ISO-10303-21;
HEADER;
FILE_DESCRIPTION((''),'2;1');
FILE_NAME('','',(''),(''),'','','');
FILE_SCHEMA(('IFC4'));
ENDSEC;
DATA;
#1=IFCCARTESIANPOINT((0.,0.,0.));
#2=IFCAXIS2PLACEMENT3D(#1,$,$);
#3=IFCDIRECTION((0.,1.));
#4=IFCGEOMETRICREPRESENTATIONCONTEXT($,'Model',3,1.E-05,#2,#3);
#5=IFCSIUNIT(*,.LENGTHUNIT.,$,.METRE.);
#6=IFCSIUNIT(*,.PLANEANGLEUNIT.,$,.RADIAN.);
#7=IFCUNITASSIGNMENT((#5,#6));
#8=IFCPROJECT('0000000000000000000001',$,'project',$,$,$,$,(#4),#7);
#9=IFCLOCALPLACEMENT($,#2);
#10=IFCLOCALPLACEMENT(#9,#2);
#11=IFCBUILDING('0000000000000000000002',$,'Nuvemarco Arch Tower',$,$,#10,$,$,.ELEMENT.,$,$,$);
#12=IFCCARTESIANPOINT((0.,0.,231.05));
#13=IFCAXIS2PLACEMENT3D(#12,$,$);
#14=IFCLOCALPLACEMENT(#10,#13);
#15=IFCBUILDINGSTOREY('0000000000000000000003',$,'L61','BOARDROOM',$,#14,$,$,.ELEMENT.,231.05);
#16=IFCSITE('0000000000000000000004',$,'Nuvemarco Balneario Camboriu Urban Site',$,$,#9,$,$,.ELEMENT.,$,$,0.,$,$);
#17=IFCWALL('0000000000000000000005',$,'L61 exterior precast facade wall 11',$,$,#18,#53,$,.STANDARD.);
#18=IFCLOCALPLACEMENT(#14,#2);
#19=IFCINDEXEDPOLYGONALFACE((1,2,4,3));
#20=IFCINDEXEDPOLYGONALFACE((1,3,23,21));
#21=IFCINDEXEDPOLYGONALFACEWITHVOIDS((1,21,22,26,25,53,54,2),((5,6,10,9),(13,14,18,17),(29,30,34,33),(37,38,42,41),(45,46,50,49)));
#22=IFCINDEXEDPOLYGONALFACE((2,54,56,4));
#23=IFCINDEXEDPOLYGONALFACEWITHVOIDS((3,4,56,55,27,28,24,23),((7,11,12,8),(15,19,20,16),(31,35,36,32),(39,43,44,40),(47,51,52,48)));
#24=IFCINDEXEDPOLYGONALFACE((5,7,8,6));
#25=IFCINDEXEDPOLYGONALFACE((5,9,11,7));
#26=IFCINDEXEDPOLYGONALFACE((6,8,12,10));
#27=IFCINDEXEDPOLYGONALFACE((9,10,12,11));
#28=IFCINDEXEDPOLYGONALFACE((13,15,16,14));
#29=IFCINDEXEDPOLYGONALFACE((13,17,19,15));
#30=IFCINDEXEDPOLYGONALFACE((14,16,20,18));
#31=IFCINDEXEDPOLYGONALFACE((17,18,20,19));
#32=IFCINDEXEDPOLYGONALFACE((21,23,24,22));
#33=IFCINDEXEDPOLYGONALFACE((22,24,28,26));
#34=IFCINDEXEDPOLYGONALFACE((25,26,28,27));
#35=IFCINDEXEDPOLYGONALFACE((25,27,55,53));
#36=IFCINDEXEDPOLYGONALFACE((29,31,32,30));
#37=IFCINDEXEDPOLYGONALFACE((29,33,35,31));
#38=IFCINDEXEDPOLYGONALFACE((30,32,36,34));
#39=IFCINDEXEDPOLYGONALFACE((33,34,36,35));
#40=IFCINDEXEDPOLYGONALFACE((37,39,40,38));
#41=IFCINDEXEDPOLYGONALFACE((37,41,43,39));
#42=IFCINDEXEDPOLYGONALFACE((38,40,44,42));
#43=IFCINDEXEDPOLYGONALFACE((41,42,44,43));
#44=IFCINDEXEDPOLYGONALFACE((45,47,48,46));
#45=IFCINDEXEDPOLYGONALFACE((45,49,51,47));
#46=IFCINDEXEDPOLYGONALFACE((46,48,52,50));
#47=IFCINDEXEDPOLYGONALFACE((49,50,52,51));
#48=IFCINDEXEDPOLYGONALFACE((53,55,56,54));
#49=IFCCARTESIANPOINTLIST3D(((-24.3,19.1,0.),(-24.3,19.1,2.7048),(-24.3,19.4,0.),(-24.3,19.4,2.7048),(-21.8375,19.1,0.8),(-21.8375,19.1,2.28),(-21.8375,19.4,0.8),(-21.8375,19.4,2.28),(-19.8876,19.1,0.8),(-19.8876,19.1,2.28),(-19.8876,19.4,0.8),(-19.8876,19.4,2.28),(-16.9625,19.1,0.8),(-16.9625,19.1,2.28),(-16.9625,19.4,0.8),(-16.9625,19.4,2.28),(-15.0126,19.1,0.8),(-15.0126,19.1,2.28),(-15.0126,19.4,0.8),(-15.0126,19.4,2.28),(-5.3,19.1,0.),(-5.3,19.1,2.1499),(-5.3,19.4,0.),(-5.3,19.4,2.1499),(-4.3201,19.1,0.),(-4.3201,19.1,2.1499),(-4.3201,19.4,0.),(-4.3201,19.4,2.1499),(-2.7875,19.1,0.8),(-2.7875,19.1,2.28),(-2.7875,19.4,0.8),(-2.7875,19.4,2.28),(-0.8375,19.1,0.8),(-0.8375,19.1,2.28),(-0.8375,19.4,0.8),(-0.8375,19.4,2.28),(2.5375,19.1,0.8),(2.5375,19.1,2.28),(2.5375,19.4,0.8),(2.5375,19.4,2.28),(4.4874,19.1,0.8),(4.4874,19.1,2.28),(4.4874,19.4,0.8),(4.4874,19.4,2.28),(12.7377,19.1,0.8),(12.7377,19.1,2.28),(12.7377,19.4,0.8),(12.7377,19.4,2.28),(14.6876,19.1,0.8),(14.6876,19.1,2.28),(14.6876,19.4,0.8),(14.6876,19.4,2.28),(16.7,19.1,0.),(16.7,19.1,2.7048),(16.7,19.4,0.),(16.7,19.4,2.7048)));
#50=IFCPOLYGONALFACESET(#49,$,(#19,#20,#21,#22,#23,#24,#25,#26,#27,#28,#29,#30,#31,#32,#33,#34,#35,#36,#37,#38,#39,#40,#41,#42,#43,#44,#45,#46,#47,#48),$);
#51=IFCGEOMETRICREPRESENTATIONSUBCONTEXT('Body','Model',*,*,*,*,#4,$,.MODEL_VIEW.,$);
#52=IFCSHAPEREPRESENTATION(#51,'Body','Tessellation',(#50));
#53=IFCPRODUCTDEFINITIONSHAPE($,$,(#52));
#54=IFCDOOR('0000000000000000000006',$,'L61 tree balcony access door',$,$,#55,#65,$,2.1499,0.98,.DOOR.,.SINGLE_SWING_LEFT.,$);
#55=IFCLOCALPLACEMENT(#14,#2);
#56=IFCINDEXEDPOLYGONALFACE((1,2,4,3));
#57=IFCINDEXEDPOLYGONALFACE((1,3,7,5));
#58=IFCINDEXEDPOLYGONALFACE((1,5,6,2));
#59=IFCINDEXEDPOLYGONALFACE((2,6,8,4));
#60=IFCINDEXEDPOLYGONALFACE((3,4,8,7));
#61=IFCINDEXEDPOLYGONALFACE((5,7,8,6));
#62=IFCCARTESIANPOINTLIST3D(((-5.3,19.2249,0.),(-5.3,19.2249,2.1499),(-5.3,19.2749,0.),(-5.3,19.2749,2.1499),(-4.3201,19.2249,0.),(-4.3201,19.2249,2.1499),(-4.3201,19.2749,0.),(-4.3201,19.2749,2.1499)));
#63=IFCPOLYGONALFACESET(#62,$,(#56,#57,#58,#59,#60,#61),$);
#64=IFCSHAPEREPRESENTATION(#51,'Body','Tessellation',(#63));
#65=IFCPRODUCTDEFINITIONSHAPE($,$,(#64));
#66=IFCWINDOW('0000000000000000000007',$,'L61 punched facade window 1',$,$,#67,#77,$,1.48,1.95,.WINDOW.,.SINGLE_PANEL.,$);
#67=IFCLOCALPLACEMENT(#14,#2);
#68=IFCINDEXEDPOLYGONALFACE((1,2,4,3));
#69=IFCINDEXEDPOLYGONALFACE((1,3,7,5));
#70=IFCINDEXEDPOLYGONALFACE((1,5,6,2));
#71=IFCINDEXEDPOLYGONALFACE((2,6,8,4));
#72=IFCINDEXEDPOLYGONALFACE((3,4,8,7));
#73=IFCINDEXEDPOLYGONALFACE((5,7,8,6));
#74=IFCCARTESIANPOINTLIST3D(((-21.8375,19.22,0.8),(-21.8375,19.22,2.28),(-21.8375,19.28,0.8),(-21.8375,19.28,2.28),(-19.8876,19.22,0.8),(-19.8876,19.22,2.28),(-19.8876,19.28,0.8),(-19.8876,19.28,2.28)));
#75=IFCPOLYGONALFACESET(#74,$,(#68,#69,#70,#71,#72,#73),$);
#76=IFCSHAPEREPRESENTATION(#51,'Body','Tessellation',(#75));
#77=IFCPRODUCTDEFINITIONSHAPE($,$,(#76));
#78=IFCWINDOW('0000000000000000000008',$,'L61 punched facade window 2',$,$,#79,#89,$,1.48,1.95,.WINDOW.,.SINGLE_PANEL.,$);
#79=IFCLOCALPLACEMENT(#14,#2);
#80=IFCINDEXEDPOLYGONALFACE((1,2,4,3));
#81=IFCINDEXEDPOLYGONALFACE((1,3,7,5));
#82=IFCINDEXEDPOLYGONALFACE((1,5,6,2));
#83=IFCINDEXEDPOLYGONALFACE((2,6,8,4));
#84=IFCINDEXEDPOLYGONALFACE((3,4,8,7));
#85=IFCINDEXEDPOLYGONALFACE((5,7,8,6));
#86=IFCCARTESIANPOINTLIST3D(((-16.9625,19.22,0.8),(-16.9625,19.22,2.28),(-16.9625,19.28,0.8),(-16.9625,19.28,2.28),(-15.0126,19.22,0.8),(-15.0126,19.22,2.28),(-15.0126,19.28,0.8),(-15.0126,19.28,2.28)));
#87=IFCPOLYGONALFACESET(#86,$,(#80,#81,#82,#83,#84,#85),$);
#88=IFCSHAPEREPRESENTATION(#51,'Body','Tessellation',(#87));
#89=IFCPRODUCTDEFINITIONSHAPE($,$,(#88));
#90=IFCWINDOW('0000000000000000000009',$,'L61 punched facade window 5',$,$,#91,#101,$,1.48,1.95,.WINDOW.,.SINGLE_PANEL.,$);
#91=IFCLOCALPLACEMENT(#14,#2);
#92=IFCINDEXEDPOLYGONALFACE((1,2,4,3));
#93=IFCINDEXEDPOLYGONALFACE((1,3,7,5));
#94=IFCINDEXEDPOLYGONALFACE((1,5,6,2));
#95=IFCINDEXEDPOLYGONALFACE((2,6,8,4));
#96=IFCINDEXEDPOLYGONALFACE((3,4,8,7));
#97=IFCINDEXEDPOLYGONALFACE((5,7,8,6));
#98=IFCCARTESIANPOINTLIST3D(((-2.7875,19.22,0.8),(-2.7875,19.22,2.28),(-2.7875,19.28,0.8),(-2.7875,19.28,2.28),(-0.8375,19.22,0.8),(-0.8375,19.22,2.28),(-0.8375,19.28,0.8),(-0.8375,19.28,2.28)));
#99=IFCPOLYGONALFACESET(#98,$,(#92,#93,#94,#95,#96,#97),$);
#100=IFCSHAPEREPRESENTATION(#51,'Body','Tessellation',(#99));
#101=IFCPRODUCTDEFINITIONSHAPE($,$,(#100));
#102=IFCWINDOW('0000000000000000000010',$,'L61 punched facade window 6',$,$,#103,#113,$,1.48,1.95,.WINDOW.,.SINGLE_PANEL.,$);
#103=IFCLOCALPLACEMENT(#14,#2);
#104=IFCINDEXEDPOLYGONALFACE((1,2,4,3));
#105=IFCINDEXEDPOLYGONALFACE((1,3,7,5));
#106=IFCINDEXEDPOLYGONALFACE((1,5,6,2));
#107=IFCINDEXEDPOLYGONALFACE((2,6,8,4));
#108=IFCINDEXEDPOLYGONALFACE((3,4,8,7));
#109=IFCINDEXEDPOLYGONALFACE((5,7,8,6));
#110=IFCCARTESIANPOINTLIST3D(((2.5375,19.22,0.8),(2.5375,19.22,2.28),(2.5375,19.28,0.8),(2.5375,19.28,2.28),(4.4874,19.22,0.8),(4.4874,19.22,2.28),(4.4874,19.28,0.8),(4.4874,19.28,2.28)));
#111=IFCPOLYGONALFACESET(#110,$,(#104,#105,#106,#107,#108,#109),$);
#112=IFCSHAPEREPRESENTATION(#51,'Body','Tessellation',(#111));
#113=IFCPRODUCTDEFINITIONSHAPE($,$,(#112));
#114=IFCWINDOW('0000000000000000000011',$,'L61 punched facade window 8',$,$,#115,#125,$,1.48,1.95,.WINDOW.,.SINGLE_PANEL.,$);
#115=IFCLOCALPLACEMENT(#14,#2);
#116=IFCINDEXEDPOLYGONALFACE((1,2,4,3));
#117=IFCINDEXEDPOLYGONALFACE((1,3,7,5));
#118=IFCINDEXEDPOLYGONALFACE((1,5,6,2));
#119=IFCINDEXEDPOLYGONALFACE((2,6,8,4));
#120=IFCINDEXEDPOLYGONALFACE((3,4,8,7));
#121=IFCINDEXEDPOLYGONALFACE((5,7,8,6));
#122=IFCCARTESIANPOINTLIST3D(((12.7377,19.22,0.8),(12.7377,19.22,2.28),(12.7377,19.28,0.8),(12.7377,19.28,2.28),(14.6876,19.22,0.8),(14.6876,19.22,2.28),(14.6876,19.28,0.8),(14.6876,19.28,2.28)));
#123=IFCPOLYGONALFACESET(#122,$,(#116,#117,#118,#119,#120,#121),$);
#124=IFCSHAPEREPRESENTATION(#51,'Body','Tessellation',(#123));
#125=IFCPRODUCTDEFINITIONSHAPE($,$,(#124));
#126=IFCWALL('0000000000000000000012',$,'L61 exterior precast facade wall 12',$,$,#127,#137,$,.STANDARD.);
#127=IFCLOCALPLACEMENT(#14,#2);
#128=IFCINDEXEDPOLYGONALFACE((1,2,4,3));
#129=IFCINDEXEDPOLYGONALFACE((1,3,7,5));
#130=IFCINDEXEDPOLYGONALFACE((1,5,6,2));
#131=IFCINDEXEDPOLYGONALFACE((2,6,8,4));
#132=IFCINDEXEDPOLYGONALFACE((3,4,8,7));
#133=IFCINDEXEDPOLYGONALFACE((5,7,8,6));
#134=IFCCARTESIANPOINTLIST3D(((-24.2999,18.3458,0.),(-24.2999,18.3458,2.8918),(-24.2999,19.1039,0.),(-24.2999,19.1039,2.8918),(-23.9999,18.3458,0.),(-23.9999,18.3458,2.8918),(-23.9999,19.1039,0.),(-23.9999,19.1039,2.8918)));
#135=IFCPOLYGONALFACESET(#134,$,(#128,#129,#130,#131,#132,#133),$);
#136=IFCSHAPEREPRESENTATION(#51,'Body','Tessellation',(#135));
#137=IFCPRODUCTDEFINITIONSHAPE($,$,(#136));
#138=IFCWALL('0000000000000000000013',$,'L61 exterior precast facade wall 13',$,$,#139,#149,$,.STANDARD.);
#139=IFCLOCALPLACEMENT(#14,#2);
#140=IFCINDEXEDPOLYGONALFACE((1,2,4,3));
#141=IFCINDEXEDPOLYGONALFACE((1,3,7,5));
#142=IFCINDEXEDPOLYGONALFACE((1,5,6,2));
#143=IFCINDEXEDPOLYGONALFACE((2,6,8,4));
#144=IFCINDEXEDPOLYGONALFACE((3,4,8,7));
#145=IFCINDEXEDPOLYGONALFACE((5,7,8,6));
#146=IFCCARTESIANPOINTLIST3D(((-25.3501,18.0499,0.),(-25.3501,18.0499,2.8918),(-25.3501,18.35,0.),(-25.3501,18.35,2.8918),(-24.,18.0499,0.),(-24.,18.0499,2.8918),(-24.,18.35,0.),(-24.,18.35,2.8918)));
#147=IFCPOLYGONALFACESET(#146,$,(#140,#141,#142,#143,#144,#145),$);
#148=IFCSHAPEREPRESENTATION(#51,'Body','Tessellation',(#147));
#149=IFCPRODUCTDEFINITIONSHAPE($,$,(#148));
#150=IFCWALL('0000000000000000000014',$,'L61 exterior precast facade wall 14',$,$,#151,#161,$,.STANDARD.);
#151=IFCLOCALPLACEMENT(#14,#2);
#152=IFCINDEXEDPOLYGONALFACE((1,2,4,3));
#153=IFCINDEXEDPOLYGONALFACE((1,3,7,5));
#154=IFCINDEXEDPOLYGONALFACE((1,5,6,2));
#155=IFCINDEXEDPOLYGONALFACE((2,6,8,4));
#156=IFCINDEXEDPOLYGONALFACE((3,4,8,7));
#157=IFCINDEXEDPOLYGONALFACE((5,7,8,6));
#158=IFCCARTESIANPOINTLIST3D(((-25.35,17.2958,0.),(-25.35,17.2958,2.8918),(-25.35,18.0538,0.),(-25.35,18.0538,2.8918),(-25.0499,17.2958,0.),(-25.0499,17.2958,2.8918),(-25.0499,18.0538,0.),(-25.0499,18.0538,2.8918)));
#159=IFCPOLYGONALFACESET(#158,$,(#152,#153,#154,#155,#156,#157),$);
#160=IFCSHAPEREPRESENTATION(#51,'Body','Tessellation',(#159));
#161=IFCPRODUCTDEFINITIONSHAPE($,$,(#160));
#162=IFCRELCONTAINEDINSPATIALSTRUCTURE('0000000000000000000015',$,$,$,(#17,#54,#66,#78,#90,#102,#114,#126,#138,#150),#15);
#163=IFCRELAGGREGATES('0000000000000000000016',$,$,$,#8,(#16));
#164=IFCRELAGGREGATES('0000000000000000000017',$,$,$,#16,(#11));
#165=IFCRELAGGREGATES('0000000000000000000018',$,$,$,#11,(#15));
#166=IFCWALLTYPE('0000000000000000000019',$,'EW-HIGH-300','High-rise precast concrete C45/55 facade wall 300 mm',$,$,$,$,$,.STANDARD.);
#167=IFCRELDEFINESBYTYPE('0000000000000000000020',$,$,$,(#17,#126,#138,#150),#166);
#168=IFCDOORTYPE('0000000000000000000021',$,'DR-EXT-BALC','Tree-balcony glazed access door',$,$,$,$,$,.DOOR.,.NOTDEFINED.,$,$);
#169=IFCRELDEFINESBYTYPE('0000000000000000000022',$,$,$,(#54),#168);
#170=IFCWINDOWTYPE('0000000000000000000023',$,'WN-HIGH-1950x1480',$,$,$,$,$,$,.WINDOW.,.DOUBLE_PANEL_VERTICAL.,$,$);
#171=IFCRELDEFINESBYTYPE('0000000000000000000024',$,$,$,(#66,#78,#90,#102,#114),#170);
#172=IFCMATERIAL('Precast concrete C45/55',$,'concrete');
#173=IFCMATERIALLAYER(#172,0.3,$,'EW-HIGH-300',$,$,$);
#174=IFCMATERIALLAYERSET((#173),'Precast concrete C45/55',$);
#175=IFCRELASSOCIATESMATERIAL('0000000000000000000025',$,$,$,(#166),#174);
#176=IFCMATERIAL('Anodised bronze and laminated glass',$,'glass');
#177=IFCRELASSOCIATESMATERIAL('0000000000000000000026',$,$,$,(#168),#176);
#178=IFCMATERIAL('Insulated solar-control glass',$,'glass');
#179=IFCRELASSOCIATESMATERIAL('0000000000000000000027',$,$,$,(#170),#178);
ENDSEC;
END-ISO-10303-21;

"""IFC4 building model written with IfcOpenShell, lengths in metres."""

from ifc_helpers import new_model, si_unit, direction, frame, frame_2d, origin, place, context, subcontext, project, spatial, rectangle, extrude, source, transform, mapped, material, layer, layer_set, type_object, type_shapes, element, fill, save


model = new_model("IFC4")

# Units and contexts
model_context = context("Model", 3, precision=1e-05, world=origin(), true_north=direction((0.0, 1.0)))
body_context = subcontext(model_context, "Body", "Model", "MODEL_VIEW")
ifc_project = project(units=[si_unit("LENGTHUNIT", "METRE"), si_unit("PLANEANGLEUNIT", "RADIAN")], contexts=[model_context])

# Site, building, storey
site_placement = place(None, origin())
site = spatial("IfcSite", under=ifc_project, at=site_placement, Name="Nuvemarco Balneario Camboriu Urban Site", CompositionType="ELEMENT", RefElevation=0.0)
building_placement = place(site_placement, origin())
building = spatial("IfcBuilding", under=site, at=building_placement, Name="Nuvemarco Arch Tower", CompositionType="ELEMENT")
storey_placement = place(building_placement, frame((0.0, 0.0, 231.05)))
storey = spatial("IfcBuildingStorey", under=building, at=storey_placement, Name="L61", Description="BOARDROOM", CompositionType="ELEMENT", Elevation=231.05)

# Wall, openings, door, windows
ifc_material_1 = material(Name="Precast concrete C45/55", Category="concrete")
ifc_layer_1 = layer(ifc_material_1, 0.3, Name="EW-HIGH-300")
ifc_layer_set_1 = layer_set([ifc_layer_1], Name="Precast concrete C45/55")
wall_type_1 = type_object("IfcWallType", Name="EW-HIGH-300", Description="High-rise precast concrete C45/55 facade wall 300 mm", PredefinedType="STANDARD", material=ifc_layer_set_1)
wall_1_placement = place(storey_placement, frame((-24.3, 19.25, 0.0), z_axis=(0.0, 0.0, 1.0), x_axis=(1.0, 0.0, 0.0)))
wall_1 = element("IfcWall", 1, at=wall_1_placement, inside=storey, type_object=wall_type_1, Name="L61 exterior precast facade wall 11", PredefinedType="STANDARD", context=body_context, shape_type="SweptSolid", body=[
    extrude(rectangle(XDim=41.0, YDim=0.3, at=frame_2d((20.5, 0.0))), origin(), (0.0, 0.0, 1.0), 2.7048),
])
opening_1_placement = place(wall_1_placement, frame((19.0, 0.0, 0.0)))
opening_1 = element("IfcOpeningElement", 2, at=opening_1_placement, cuts=wall_1, PredefinedType="OPENING", context=body_context, shape_type="SweptSolid", body=[
    extrude(rectangle(XDim=0.98, YDim=2.1499, at=frame_2d((0.49, 1.075))), frame((0.0, 0.1599, 0.0), z_axis=(0.0, -1.0, 0.0), x_axis=(1.0, 0.0, 0.0)), (0.0, 0.0, 1.0), 0.3201),
])
opening_2_placement = place(wall_1_placement, frame((2.4624, 0.0, 0.8)))
opening_2 = element("IfcOpeningElement", 3, at=opening_2_placement, cuts=wall_1, PredefinedType="OPENING", context=body_context, shape_type="SweptSolid", body=[
    extrude(rectangle(XDim=1.95, YDim=1.48, at=frame_2d((0.9751, 0.74))), frame((0.0, 0.1599, 0.0), z_axis=(0.0, -1.0, 0.0), x_axis=(1.0, 0.0, 0.0)), (0.0, 0.0, 1.0), 0.3201),
])
opening_3_placement = place(wall_1_placement, frame((7.3374, 0.0, 0.8)))
opening_3 = element("IfcOpeningElement", 4, at=opening_3_placement, cuts=wall_1, PredefinedType="OPENING", context=body_context, shape_type="SweptSolid", body=[
    extrude(rectangle(XDim=1.95, YDim=1.48, at=frame_2d((0.9751, 0.74))), frame((0.0, 0.1599, 0.0), z_axis=(0.0, -1.0, 0.0), x_axis=(1.0, 0.0, 0.0)), (0.0, 0.0, 1.0), 0.3201),
])
opening_4_placement = place(wall_1_placement, frame((21.5125, 0.0, 0.8)))
opening_4 = element("IfcOpeningElement", 5, at=opening_4_placement, cuts=wall_1, PredefinedType="OPENING", context=body_context, shape_type="SweptSolid", body=[
    extrude(rectangle(XDim=1.95, YDim=1.48, at=frame_2d((0.9751, 0.74))), frame((0.0, 0.1599, 0.0), z_axis=(0.0, -1.0, 0.0), x_axis=(1.0, 0.0, 0.0)), (0.0, 0.0, 1.0), 0.3201),
])
opening_5_placement = place(wall_1_placement, frame((26.8374, 0.0, 0.8)))
opening_5 = element("IfcOpeningElement", 6, at=opening_5_placement, cuts=wall_1, PredefinedType="OPENING", context=body_context, shape_type="SweptSolid", body=[
    extrude(rectangle(XDim=1.95, YDim=1.48, at=frame_2d((0.9751, 0.74))), frame((0.0, 0.1599, 0.0), z_axis=(0.0, -1.0, 0.0), x_axis=(1.0, 0.0, 0.0)), (0.0, 0.0, 1.0), 0.3201),
])
opening_6_placement = place(wall_1_placement, frame((37.0376, 0.0, 0.8)))
opening_6 = element("IfcOpeningElement", 7, at=opening_6_placement, cuts=wall_1, PredefinedType="OPENING", context=body_context, shape_type="SweptSolid", body=[
    extrude(rectangle(XDim=1.95, YDim=1.48, at=frame_2d((0.9751, 0.74))), frame((0.0, 0.1599, 0.0), z_axis=(0.0, -1.0, 0.0), x_axis=(1.0, 0.0, 0.0)), (0.0, 0.0, 1.0), 0.3201),
])
ifc_material_2 = material(Name="Anodised bronze and laminated glass", Category="glass")
door_type_1 = type_object("IfcDoorType", Name="DR-EXT-BALC", Description="Tree-balcony glazed access door", OperationType="NOTDEFINED", PredefinedType="DOOR", material=ifc_material_2)
shared_shape_1 = source(origin(), body_context, "Body", "SweptSolid", [
    extrude(rectangle(XDim=0.98, YDim=2.1499, at=frame_2d((0.49, 1.075))), frame((0.0, 0.0249, 0.0), z_axis=(0.0, -1.0, 0.0), x_axis=(1.0, 0.0, 0.0)), (0.0, 0.0, 1.0), 0.05),
])
type_shapes(door_type_1, [shared_shape_1])
door_1_placement = place(opening_1_placement, origin())
door_1 = element("IfcDoor", 8, at=door_1_placement, inside=storey, type_object=door_type_1, Name="L61 tree balcony access door", OperationType="SINGLE_SWING_LEFT", OverallHeight=2.1499, OverallWidth=0.98, PredefinedType="DOOR", context=body_context, shape_type="MappedRepresentation", body=[
    mapped(shared_shape_1, transform((0.0, 0.0, 0.0), scale=1.0)),
])
fill(opening_1, door_1)
ifc_material_3 = material(Name="Insulated solar-control glass", Category="glass")
window_type = type_object("IfcWindowType", Name="WN-HIGH-1950x1480", PartitioningType="DOUBLE_PANEL_VERTICAL", PredefinedType="WINDOW", material=ifc_material_3)
shared_shape_2 = source(origin(), body_context, "Body", "SweptSolid", [
    extrude(rectangle(XDim=1.95, YDim=1.48, at=frame_2d((0.9751, 0.74))), frame((0.0, 0.03, 0.0), z_axis=(0.0, -1.0, 0.0), x_axis=(1.0, 0.0, 0.0)), (0.0, 0.0, 1.0), 0.0601),
])
type_shapes(window_type, [shared_shape_2])
window_1_placement = place(opening_2_placement, origin())
window_1 = element("IfcWindow", 9, at=window_1_placement, inside=storey, type_object=window_type, Name="L61 punched facade window 1", OverallHeight=1.48, OverallWidth=1.95, PartitioningType="SINGLE_PANEL", PredefinedType="WINDOW", context=body_context, shape_type="MappedRepresentation", body=[
    mapped(shared_shape_2, transform((0.0, 0.0, 0.0), scale=1.0)),
])
fill(opening_2, window_1)
window_2_placement = place(opening_3_placement, origin())
window_2 = element("IfcWindow", 10, at=window_2_placement, inside=storey, type_object=window_type, Name="L61 punched facade window 2", OverallHeight=1.48, OverallWidth=1.95, PartitioningType="SINGLE_PANEL", PredefinedType="WINDOW", context=body_context, shape_type="MappedRepresentation", body=[
    mapped(shared_shape_2, transform((0.0, 0.0, 0.0), scale=1.0)),
])
fill(opening_3, window_2)
window_3_placement = place(opening_4_placement, origin())
window_3 = element("IfcWindow", 11, at=window_3_placement, inside=storey, type_object=window_type, Name="L61 punched facade window 5", OverallHeight=1.48, OverallWidth=1.95, PartitioningType="SINGLE_PANEL", PredefinedType="WINDOW", context=body_context, shape_type="MappedRepresentation", body=[
    mapped(shared_shape_2, transform((0.0, 0.0, 0.0), scale=1.0)),
])
fill(opening_4, window_3)
window_4_placement = place(opening_5_placement, origin())
window_4 = element("IfcWindow", 12, at=window_4_placement, inside=storey, type_object=window_type, Name="L61 punched facade window 6", OverallHeight=1.48, OverallWidth=1.95, PartitioningType="SINGLE_PANEL", PredefinedType="WINDOW", context=body_context, shape_type="MappedRepresentation", body=[
    mapped(shared_shape_2, transform((0.0, 0.0, 0.0), scale=1.0)),
])
fill(opening_5, window_4)
window_5_placement = place(opening_6_placement, origin())
window_5 = element("IfcWindow", 13, at=window_5_placement, inside=storey, type_object=window_type, Name="L61 punched facade window 8", OverallHeight=1.48, OverallWidth=1.95, PartitioningType="SINGLE_PANEL", PredefinedType="WINDOW", context=body_context, shape_type="MappedRepresentation", body=[
    mapped(shared_shape_2, transform((0.0, 0.0, 0.0), scale=1.0)),
])
fill(opening_6, window_5)

# Walls
wall_2_placement = place(storey_placement, frame((-24.1499, 18.3459, 0.0), z_axis=(0.0, 0.0, 1.0), x_axis=(0.0, 1.0, 0.0)))
element("IfcWall", 14, at=wall_2_placement, inside=storey, type_object=wall_type_1, Name="L61 exterior precast facade wall 12", PredefinedType="STANDARD", context=body_context, shape_type="SweptSolid", body=[
    extrude(rectangle(XDim=0.7581, YDim=0.3, at=frame_2d((0.3789, 0.0))), origin(), (0.0, 0.0, 1.0), 2.8918),
])
wall_3_placement = place(storey_placement, frame((-25.3501, 18.2, 0.0), z_axis=(0.0, 0.0, 1.0), x_axis=(1.0, 0.0, 0.0)))
element("IfcWall", 15, at=wall_3_placement, inside=storey, type_object=wall_type_1, Name="L61 exterior precast facade wall 13", PredefinedType="STANDARD", context=body_context, shape_type="SweptSolid", body=[
    extrude(rectangle(XDim=1.3501, YDim=0.3, at=frame_2d((0.675, 0.0))), origin(), (0.0, 0.0, 1.0), 2.8918),
])
wall_4_placement = place(storey_placement, frame((-25.2, 17.2959, 0.0), z_axis=(0.0, 0.0, 1.0), x_axis=(0.0, 1.0, 0.0)))
element("IfcWall", 16, at=wall_4_placement, inside=storey, type_object=wall_type_1, Name="L61 exterior precast facade wall 14", PredefinedType="STANDARD", context=body_context, shape_type="SweptSolid", body=[
    extrude(rectangle(XDim=0.7581, YDim=0.3, at=frame_2d((0.3789, 0.0))), origin(), (0.0, 0.0, 1.0), 2.8918),
])

save(model, "model.ifc")
